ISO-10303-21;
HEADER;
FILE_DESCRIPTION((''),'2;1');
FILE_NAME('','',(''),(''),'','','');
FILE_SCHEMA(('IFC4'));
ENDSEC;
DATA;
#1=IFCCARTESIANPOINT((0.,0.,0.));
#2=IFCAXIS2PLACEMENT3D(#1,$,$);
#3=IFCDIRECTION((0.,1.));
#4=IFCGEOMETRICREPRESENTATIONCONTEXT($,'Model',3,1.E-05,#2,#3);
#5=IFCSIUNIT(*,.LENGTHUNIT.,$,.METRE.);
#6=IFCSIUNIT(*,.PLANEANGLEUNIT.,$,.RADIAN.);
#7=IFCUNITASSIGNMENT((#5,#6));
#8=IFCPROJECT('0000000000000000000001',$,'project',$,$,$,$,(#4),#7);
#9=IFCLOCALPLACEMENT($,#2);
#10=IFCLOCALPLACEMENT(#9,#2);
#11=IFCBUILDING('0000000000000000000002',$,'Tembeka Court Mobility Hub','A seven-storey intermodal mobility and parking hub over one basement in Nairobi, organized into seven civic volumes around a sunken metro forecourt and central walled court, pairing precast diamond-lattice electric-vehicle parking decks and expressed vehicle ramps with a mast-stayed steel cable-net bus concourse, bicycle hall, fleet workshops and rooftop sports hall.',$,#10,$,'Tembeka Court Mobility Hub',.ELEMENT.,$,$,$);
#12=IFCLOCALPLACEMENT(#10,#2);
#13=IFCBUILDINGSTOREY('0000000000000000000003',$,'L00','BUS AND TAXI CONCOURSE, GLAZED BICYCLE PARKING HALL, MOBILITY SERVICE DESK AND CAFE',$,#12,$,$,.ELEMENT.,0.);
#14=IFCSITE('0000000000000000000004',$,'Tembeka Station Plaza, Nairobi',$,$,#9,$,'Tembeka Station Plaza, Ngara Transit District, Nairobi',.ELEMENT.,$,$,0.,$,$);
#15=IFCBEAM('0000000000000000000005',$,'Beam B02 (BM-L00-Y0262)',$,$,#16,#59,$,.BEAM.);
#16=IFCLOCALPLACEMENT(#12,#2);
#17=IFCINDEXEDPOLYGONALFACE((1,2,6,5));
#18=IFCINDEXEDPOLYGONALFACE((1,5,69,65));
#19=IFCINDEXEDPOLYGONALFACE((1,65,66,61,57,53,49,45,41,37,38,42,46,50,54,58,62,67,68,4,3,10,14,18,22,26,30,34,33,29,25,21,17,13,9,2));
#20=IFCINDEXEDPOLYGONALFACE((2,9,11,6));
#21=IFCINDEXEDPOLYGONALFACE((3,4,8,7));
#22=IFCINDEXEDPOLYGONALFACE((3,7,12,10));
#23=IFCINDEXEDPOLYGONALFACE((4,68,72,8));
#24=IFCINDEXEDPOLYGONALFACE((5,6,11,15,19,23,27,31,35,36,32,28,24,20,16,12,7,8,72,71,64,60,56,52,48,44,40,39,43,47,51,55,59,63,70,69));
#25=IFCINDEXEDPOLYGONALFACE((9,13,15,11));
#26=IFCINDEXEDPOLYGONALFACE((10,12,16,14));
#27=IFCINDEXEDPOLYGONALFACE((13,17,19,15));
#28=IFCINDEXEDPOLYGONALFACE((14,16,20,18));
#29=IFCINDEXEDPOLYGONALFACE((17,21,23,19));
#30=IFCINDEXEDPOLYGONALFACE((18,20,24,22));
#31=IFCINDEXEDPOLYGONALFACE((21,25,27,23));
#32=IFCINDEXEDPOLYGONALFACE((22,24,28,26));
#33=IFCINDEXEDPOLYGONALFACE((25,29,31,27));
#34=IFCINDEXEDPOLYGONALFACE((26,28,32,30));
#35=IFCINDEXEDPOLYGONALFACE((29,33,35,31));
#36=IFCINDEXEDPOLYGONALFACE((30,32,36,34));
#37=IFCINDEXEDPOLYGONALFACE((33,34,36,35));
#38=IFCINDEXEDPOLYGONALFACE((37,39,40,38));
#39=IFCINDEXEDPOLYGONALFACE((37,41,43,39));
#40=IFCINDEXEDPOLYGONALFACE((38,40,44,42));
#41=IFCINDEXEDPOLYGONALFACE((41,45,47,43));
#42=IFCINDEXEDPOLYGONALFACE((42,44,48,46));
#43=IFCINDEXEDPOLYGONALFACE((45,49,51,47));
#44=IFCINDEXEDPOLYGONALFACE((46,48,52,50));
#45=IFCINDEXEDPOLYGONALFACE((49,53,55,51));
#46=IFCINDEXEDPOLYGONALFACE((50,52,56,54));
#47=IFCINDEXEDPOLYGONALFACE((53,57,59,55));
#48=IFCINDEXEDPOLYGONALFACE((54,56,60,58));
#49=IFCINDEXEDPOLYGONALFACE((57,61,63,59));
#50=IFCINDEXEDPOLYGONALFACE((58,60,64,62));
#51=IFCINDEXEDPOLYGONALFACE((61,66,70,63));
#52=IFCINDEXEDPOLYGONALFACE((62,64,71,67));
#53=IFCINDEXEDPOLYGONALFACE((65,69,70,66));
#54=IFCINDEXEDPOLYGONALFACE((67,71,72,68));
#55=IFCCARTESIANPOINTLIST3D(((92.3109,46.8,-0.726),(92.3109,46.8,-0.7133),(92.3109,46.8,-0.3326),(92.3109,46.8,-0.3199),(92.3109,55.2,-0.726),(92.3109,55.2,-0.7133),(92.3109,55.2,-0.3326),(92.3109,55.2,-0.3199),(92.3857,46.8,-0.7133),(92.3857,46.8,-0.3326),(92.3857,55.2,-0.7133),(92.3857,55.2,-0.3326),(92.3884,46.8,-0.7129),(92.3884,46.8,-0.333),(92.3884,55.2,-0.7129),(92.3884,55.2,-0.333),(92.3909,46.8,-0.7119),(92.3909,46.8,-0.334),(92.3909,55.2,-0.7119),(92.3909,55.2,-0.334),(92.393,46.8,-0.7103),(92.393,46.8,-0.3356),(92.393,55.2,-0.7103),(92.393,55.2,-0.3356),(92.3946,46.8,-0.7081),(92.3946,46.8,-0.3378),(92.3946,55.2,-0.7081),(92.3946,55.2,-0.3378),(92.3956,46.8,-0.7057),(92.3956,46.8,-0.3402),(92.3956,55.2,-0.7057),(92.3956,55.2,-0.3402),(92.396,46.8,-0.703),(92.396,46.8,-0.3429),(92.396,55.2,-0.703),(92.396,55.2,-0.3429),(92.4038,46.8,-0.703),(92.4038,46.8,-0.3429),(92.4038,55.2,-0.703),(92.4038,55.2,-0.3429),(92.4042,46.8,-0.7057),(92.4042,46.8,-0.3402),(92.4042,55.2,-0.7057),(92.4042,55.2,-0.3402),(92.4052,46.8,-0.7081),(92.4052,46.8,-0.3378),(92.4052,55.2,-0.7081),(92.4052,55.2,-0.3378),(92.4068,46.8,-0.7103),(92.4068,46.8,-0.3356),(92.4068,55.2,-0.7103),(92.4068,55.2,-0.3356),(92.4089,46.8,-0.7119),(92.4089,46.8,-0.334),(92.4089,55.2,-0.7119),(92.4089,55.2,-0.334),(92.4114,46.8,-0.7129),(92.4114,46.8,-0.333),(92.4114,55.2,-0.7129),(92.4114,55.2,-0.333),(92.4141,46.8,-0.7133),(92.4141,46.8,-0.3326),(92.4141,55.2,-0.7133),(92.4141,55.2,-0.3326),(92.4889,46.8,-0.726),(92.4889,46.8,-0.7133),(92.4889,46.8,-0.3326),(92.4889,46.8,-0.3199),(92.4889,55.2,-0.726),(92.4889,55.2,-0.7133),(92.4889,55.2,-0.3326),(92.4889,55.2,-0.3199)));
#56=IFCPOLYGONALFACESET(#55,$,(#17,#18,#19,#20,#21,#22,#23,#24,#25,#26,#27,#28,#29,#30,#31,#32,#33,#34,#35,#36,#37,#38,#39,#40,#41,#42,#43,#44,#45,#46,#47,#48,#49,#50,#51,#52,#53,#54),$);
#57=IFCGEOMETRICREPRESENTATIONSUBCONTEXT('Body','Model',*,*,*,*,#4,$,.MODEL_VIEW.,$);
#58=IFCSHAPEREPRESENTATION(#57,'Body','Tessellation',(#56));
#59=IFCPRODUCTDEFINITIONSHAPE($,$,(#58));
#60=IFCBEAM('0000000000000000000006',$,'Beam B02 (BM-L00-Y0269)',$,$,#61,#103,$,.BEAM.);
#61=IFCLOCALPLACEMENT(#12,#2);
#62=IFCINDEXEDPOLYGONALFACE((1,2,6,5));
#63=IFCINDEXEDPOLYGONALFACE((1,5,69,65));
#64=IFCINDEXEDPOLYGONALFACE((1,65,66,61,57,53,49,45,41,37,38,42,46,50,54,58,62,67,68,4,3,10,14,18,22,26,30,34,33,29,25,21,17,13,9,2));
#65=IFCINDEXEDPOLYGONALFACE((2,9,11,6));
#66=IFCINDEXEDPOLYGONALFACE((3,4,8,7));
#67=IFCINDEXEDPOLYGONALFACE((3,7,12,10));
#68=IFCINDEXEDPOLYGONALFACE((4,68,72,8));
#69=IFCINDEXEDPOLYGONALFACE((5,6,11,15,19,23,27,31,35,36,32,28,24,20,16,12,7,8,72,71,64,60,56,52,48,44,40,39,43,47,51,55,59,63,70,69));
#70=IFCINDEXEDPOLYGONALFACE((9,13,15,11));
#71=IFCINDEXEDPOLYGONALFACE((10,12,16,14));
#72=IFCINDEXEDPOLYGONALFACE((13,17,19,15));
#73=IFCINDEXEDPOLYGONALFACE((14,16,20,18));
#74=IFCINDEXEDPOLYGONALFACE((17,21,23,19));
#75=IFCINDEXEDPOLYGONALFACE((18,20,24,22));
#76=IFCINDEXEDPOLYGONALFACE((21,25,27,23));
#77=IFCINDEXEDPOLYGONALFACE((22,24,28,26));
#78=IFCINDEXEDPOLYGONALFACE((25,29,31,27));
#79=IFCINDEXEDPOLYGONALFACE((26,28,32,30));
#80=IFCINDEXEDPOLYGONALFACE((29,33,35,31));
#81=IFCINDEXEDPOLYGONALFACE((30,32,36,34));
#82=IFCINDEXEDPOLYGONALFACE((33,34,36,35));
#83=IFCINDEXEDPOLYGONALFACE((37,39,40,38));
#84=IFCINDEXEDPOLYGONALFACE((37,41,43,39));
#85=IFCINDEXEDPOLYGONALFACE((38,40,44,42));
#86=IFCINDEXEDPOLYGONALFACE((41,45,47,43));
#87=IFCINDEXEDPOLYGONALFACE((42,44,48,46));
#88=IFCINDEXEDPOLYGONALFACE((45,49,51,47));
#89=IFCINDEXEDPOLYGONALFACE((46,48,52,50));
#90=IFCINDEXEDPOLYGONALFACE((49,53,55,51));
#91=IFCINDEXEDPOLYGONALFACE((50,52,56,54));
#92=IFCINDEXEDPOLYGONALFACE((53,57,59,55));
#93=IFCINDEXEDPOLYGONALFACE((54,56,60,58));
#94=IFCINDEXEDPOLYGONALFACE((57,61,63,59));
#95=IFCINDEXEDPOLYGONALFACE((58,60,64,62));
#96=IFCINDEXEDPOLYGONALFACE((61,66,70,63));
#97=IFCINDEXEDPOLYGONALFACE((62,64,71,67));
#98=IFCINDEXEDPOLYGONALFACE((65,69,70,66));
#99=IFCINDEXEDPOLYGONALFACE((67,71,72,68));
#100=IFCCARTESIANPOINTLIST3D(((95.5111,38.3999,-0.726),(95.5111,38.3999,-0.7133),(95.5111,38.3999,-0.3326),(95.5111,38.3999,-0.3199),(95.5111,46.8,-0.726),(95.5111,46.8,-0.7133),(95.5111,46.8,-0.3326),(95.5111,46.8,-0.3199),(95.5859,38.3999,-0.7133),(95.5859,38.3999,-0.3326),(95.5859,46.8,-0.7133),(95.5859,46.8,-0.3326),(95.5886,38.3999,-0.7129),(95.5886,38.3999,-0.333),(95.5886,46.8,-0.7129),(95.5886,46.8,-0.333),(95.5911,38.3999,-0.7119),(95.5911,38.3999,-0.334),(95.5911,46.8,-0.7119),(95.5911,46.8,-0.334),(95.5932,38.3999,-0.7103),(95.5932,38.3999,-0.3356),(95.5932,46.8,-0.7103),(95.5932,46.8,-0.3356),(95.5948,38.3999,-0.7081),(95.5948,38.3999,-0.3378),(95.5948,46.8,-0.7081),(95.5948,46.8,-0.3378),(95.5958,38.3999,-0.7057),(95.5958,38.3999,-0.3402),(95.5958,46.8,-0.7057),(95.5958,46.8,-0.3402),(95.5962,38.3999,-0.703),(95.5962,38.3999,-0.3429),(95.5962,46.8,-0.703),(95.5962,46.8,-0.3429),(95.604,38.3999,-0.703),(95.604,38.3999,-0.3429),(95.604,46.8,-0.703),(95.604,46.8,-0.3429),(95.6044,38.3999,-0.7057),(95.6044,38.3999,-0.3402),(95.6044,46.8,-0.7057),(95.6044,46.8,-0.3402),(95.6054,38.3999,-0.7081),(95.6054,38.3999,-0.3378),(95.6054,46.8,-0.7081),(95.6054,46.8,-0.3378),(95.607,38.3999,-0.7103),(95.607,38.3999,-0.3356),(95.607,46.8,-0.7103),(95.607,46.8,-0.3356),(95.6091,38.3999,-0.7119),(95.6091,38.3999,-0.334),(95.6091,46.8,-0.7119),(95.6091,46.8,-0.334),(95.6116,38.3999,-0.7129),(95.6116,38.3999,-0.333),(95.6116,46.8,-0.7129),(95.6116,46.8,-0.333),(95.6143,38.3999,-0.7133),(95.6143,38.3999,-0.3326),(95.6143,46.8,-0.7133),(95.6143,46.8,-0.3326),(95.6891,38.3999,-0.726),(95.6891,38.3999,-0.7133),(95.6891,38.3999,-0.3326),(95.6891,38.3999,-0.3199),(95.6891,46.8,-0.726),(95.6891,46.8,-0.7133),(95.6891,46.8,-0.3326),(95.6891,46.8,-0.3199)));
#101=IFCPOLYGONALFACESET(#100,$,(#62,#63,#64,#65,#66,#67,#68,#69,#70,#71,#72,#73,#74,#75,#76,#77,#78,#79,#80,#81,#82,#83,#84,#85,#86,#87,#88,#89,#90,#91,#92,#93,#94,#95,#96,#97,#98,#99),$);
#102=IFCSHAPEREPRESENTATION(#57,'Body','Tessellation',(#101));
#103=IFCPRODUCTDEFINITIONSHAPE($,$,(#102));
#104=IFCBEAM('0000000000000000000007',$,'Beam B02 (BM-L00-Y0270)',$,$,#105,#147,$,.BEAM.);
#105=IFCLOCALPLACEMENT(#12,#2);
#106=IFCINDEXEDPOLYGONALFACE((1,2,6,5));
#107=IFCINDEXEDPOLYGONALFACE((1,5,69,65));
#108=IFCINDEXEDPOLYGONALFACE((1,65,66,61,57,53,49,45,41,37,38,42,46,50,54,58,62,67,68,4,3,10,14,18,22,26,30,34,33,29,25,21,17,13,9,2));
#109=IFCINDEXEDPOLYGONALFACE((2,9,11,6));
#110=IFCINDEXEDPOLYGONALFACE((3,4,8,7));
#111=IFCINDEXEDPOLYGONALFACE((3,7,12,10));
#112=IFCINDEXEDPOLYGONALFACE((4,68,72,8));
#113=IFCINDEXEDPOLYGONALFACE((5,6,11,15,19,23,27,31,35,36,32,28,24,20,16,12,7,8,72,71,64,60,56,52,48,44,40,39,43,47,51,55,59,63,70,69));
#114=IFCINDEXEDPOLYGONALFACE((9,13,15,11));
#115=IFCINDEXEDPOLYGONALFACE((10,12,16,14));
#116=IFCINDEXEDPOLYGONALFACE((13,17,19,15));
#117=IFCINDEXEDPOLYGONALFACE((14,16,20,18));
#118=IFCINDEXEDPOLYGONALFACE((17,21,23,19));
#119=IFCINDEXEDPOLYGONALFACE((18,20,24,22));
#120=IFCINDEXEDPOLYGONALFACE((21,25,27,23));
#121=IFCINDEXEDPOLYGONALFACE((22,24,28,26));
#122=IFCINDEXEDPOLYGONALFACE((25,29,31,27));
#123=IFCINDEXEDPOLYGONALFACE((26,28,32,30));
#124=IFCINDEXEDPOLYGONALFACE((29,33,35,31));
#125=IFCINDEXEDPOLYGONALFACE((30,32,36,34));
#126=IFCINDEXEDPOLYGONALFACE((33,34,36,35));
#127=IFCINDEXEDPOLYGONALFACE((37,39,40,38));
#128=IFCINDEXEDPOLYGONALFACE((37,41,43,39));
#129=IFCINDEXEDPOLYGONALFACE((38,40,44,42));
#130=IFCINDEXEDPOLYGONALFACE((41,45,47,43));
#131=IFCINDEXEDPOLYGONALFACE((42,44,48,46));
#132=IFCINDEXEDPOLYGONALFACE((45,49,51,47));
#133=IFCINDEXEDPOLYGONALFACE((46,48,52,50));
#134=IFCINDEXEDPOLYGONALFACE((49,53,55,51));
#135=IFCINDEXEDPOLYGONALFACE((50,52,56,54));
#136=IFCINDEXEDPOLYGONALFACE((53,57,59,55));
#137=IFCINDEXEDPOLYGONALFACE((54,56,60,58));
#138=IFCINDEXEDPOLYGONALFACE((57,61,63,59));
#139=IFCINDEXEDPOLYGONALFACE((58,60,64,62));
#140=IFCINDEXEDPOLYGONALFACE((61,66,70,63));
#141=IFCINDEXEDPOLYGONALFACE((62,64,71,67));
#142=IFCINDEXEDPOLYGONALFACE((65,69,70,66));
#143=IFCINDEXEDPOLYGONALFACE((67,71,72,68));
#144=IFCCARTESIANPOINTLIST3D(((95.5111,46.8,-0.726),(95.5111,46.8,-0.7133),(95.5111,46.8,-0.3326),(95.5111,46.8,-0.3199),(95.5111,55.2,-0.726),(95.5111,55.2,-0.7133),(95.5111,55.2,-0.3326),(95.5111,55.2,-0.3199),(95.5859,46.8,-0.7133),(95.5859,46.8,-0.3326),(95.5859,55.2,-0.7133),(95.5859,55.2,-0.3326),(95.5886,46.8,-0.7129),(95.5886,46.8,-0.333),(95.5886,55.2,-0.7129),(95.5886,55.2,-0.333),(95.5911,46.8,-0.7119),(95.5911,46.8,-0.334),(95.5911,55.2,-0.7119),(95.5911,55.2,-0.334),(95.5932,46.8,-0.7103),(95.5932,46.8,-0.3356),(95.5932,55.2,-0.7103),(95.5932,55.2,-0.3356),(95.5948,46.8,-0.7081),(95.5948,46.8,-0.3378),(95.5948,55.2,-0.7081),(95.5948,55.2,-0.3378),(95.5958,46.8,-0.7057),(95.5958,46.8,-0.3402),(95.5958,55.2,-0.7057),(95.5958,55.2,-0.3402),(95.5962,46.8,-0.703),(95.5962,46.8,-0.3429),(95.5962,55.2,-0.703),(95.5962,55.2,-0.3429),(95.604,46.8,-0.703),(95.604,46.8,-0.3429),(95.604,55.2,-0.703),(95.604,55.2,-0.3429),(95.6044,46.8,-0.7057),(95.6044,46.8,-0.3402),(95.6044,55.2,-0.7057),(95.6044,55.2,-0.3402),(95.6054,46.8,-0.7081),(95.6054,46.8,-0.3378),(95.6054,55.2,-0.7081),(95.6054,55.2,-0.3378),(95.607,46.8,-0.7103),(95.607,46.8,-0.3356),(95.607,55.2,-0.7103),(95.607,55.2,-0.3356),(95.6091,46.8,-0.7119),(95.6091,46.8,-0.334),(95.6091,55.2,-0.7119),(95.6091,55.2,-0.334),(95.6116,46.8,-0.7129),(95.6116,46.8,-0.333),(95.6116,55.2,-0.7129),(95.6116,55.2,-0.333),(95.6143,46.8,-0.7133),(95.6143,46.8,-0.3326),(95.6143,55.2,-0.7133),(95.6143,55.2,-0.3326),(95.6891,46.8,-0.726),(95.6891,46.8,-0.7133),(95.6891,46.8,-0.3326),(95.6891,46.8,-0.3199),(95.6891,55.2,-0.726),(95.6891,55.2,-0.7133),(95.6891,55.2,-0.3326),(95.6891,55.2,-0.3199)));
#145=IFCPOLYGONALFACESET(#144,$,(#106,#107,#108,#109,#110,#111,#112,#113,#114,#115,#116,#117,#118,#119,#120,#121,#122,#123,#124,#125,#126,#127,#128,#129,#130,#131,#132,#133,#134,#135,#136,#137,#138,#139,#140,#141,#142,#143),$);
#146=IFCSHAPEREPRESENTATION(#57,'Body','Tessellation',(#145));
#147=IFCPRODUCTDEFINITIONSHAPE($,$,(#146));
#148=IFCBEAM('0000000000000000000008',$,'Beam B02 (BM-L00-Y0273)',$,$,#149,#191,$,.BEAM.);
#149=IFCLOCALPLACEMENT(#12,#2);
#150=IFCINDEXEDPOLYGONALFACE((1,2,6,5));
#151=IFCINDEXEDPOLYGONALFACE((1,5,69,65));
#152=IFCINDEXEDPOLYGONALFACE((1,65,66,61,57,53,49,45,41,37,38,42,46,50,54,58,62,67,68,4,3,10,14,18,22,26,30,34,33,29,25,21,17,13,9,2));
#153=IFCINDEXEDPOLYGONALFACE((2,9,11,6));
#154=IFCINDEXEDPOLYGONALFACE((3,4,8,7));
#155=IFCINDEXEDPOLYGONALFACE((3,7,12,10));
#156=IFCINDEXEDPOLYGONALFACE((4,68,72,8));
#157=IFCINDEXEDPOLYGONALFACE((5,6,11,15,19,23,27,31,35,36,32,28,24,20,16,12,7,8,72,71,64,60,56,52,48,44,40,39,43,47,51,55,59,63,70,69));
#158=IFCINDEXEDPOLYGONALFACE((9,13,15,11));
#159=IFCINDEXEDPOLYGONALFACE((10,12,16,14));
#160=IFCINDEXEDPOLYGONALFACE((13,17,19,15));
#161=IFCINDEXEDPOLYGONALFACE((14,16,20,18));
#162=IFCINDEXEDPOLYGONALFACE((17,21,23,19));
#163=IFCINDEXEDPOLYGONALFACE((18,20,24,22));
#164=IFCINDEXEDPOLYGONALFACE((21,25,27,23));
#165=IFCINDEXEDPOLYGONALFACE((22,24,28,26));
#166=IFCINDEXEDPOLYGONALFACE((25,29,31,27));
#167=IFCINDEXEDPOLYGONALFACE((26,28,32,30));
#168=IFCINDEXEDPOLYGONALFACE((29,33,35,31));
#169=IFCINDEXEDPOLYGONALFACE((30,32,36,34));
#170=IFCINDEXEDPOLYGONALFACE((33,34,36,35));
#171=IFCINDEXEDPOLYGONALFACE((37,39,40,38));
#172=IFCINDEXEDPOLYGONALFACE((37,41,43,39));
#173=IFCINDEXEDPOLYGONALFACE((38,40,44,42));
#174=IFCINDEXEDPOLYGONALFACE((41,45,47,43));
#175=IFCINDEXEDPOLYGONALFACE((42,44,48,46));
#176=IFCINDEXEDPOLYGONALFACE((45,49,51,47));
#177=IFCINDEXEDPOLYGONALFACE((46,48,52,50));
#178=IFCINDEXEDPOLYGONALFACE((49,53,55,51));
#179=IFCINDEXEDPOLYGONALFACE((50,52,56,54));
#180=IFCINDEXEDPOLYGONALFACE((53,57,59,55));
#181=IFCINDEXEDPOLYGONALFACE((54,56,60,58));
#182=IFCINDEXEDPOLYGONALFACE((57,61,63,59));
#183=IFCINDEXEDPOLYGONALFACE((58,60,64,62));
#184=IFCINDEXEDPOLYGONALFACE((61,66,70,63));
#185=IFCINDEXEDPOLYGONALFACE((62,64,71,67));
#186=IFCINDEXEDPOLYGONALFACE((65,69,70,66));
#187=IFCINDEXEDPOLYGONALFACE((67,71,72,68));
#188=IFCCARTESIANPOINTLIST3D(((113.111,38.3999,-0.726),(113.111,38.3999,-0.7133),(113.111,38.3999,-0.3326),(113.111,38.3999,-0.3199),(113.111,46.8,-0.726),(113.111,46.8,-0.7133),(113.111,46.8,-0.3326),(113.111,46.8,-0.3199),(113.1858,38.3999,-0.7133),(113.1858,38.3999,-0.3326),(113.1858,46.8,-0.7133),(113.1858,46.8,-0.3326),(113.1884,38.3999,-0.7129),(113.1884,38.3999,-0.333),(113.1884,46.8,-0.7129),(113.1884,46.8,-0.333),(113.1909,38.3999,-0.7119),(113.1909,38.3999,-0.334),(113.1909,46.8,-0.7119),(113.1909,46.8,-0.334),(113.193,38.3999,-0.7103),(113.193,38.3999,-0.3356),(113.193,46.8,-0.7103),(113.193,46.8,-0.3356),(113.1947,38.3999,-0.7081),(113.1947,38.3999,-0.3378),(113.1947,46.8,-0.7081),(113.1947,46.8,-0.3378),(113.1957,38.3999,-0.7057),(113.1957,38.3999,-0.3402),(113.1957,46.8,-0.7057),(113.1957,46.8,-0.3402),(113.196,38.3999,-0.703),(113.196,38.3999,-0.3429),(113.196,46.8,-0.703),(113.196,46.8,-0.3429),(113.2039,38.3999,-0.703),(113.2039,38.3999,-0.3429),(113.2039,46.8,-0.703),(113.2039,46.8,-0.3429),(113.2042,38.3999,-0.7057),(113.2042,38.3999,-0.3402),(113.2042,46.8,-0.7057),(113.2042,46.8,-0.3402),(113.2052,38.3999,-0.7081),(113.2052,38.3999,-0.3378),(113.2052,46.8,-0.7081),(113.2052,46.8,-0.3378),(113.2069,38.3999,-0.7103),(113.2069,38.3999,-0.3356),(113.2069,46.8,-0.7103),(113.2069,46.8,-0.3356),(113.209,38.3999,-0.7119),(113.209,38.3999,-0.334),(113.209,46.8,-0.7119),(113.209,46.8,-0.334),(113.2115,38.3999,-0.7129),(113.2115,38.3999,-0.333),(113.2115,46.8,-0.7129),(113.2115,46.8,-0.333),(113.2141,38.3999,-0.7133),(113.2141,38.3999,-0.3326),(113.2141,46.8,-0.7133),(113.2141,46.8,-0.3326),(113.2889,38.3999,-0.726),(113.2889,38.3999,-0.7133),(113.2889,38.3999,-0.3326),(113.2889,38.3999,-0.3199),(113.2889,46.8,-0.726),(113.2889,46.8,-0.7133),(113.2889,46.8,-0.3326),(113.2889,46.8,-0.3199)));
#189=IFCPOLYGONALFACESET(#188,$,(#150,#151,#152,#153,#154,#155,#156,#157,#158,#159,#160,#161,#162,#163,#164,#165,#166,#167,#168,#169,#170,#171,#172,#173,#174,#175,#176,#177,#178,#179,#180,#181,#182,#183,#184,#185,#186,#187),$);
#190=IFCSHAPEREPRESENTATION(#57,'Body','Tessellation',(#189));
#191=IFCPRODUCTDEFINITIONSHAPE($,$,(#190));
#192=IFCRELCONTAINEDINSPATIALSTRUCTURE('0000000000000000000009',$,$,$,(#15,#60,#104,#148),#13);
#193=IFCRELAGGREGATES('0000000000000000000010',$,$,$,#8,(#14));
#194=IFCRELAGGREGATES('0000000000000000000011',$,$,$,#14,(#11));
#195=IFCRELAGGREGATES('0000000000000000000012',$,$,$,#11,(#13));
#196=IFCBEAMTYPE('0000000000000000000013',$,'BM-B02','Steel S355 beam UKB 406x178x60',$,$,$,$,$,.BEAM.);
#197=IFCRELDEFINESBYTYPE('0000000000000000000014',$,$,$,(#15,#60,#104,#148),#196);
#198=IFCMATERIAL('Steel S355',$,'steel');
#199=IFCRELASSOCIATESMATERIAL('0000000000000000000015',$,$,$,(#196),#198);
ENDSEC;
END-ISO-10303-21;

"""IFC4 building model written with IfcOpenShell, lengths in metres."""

from ifc_helpers import new_model, si_unit, direction, frame, origin, origin_2d, place, context, subcontext, project, spatial, i_section, extrude, material, material_profile, profile_set, type_object, element, save


model = new_model("IFC4")

# Units and contexts
model_context = context("Model", 3, precision=1e-05, world=origin(), true_north=direction((0.0, 1.0)))
body_context = subcontext(model_context, "Body", "Model", "MODEL_VIEW")
ifc_project = project(units=[si_unit("LENGTHUNIT", "METRE"), si_unit("PLANEANGLEUNIT", "RADIAN")], contexts=[model_context])

# Site, building, storey
site_placement = place(None, origin())
site = spatial("IfcSite", under=ifc_project, at=site_placement, Name="Tembeka Station Plaza, Nairobi", LongName="Tembeka Station Plaza, Ngara Transit District, Nairobi", CompositionType="ELEMENT", RefElevation=0.0)
building_placement = place(site_placement, origin())
building = spatial("IfcBuilding", under=site, at=building_placement, Name="Tembeka Court Mobility Hub", Description="A seven-storey intermodal mobility and parking hub over one basement in Nairobi, organized into seven civic volumes around a sunken metro forecourt and central walled court, pairing precast diamond-lattice electric-vehicle parking decks and expressed vehicle ramps with a mast-stayed steel cable-net bus concourse, bicycle hall, fleet workshops and rooftop sports hall.", LongName="Tembeka Court Mobility Hub", CompositionType="ELEMENT")
storey_placement = place(building_placement, origin())
storey = spatial("IfcBuildingStorey", under=building, at=storey_placement, Name="L00", Description="BUS AND TAXI CONCOURSE, GLAZED BICYCLE PARKING HALL, MOBILITY SERVICE DESK AND CAFE", CompositionType="ELEMENT", Elevation=0.0)

# Shared definitions
ifc_material_1 = material(Name="Steel S355", Category="steel")

# Beams
ifc_material_profile_1 = material_profile(ifc_material_1, i_section(OverallWidth=0.178, OverallDepth=0.406, WebThickness=0.0078, FlangeThickness=0.0127, FilletRadius=0.0103, at=origin_2d()), Name="UKB 406x178x60")
ifc_profile_set_1 = profile_set([ifc_material_profile_1], Name="Steel S355")
beam_type_1 = type_object("IfcBeamType", Name="BM-B02", Description="Steel S355 beam UKB 406x178x60", PredefinedType="BEAM", material=ifc_profile_set_1)
beam_1_placement = place(storey_placement, frame((92.3999, 46.8, -0.5229), z_axis=(0.0, 1.0, 0.0), x_axis=(-1.0, 0.0, 0.0)))
element("IfcBeam", 1, at=beam_1_placement, inside=storey, type_object=beam_type_1, Name="Beam B02 (BM-L00-Y0262)", PredefinedType="BEAM", context=body_context, shape_type="SweptSolid", body=[
    extrude(i_section(OverallWidth=0.178, OverallDepth=0.406, WebThickness=0.0078, FlangeThickness=0.0127, FilletRadius=0.0103, at=origin_2d()), origin(), (0.0, 0.0, 1.0), 8.3999),
])
beam_2_placement = place(storey_placement, frame((95.6001, 38.3999, -0.5229), z_axis=(0.0, 1.0, 0.0), x_axis=(-1.0, 0.0, 0.0)))
element("IfcBeam", 2, at=beam_2_placement, inside=storey, type_object=beam_type_1, Name="Beam B02 (BM-L00-Y0269)", PredefinedType="BEAM", context=body_context, shape_type="SweptSolid", body=[
    extrude(i_section(OverallWidth=0.178, OverallDepth=0.406, WebThickness=0.0078, FlangeThickness=0.0127, FilletRadius=0.0103, at=origin_2d()), origin(), (0.0, 0.0, 1.0), 8.4001),
])
beam_3_placement = place(storey_placement, frame((95.6001, 46.8, -0.5229), z_axis=(0.0, 1.0, 0.0), x_axis=(-1.0, 0.0, 0.0)))
element("IfcBeam", 3, at=beam_3_placement, inside=storey, type_object=beam_type_1, Name="Beam B02 (BM-L00-Y0270)", PredefinedType="BEAM", context=body_context, shape_type="SweptSolid", body=[
    extrude(i_section(OverallWidth=0.178, OverallDepth=0.406, WebThickness=0.0078, FlangeThickness=0.0127, FilletRadius=0.0103, at=origin_2d()), origin(), (0.0, 0.0, 1.0), 8.3999),
])
for number, where, z_axis, x_axis, name in (
    (4, (113.2, 38.3999, -0.5229), (0.0, 1.0, 0.0), (-1.0, 0.0, 0.0), "Beam B02 (BM-L00-Y0273)"),
):
    element("IfcBeam", number, at=place(storey_placement, frame(where, z_axis=z_axis, x_axis=x_axis)), inside=storey, type_object=beam_type_1, Name=name, PredefinedType="BEAM", context=body_context, shape_type="SweptSolid", body=[
        extrude(i_section(OverallWidth=0.178, OverallDepth=0.406, WebThickness=0.0078, FlangeThickness=0.0127, FilletRadius=0.0103, at=origin_2d()), origin(), (0.0, 0.0, 1.0), 8.4001),
    ])

save(model, "model.ifc")
